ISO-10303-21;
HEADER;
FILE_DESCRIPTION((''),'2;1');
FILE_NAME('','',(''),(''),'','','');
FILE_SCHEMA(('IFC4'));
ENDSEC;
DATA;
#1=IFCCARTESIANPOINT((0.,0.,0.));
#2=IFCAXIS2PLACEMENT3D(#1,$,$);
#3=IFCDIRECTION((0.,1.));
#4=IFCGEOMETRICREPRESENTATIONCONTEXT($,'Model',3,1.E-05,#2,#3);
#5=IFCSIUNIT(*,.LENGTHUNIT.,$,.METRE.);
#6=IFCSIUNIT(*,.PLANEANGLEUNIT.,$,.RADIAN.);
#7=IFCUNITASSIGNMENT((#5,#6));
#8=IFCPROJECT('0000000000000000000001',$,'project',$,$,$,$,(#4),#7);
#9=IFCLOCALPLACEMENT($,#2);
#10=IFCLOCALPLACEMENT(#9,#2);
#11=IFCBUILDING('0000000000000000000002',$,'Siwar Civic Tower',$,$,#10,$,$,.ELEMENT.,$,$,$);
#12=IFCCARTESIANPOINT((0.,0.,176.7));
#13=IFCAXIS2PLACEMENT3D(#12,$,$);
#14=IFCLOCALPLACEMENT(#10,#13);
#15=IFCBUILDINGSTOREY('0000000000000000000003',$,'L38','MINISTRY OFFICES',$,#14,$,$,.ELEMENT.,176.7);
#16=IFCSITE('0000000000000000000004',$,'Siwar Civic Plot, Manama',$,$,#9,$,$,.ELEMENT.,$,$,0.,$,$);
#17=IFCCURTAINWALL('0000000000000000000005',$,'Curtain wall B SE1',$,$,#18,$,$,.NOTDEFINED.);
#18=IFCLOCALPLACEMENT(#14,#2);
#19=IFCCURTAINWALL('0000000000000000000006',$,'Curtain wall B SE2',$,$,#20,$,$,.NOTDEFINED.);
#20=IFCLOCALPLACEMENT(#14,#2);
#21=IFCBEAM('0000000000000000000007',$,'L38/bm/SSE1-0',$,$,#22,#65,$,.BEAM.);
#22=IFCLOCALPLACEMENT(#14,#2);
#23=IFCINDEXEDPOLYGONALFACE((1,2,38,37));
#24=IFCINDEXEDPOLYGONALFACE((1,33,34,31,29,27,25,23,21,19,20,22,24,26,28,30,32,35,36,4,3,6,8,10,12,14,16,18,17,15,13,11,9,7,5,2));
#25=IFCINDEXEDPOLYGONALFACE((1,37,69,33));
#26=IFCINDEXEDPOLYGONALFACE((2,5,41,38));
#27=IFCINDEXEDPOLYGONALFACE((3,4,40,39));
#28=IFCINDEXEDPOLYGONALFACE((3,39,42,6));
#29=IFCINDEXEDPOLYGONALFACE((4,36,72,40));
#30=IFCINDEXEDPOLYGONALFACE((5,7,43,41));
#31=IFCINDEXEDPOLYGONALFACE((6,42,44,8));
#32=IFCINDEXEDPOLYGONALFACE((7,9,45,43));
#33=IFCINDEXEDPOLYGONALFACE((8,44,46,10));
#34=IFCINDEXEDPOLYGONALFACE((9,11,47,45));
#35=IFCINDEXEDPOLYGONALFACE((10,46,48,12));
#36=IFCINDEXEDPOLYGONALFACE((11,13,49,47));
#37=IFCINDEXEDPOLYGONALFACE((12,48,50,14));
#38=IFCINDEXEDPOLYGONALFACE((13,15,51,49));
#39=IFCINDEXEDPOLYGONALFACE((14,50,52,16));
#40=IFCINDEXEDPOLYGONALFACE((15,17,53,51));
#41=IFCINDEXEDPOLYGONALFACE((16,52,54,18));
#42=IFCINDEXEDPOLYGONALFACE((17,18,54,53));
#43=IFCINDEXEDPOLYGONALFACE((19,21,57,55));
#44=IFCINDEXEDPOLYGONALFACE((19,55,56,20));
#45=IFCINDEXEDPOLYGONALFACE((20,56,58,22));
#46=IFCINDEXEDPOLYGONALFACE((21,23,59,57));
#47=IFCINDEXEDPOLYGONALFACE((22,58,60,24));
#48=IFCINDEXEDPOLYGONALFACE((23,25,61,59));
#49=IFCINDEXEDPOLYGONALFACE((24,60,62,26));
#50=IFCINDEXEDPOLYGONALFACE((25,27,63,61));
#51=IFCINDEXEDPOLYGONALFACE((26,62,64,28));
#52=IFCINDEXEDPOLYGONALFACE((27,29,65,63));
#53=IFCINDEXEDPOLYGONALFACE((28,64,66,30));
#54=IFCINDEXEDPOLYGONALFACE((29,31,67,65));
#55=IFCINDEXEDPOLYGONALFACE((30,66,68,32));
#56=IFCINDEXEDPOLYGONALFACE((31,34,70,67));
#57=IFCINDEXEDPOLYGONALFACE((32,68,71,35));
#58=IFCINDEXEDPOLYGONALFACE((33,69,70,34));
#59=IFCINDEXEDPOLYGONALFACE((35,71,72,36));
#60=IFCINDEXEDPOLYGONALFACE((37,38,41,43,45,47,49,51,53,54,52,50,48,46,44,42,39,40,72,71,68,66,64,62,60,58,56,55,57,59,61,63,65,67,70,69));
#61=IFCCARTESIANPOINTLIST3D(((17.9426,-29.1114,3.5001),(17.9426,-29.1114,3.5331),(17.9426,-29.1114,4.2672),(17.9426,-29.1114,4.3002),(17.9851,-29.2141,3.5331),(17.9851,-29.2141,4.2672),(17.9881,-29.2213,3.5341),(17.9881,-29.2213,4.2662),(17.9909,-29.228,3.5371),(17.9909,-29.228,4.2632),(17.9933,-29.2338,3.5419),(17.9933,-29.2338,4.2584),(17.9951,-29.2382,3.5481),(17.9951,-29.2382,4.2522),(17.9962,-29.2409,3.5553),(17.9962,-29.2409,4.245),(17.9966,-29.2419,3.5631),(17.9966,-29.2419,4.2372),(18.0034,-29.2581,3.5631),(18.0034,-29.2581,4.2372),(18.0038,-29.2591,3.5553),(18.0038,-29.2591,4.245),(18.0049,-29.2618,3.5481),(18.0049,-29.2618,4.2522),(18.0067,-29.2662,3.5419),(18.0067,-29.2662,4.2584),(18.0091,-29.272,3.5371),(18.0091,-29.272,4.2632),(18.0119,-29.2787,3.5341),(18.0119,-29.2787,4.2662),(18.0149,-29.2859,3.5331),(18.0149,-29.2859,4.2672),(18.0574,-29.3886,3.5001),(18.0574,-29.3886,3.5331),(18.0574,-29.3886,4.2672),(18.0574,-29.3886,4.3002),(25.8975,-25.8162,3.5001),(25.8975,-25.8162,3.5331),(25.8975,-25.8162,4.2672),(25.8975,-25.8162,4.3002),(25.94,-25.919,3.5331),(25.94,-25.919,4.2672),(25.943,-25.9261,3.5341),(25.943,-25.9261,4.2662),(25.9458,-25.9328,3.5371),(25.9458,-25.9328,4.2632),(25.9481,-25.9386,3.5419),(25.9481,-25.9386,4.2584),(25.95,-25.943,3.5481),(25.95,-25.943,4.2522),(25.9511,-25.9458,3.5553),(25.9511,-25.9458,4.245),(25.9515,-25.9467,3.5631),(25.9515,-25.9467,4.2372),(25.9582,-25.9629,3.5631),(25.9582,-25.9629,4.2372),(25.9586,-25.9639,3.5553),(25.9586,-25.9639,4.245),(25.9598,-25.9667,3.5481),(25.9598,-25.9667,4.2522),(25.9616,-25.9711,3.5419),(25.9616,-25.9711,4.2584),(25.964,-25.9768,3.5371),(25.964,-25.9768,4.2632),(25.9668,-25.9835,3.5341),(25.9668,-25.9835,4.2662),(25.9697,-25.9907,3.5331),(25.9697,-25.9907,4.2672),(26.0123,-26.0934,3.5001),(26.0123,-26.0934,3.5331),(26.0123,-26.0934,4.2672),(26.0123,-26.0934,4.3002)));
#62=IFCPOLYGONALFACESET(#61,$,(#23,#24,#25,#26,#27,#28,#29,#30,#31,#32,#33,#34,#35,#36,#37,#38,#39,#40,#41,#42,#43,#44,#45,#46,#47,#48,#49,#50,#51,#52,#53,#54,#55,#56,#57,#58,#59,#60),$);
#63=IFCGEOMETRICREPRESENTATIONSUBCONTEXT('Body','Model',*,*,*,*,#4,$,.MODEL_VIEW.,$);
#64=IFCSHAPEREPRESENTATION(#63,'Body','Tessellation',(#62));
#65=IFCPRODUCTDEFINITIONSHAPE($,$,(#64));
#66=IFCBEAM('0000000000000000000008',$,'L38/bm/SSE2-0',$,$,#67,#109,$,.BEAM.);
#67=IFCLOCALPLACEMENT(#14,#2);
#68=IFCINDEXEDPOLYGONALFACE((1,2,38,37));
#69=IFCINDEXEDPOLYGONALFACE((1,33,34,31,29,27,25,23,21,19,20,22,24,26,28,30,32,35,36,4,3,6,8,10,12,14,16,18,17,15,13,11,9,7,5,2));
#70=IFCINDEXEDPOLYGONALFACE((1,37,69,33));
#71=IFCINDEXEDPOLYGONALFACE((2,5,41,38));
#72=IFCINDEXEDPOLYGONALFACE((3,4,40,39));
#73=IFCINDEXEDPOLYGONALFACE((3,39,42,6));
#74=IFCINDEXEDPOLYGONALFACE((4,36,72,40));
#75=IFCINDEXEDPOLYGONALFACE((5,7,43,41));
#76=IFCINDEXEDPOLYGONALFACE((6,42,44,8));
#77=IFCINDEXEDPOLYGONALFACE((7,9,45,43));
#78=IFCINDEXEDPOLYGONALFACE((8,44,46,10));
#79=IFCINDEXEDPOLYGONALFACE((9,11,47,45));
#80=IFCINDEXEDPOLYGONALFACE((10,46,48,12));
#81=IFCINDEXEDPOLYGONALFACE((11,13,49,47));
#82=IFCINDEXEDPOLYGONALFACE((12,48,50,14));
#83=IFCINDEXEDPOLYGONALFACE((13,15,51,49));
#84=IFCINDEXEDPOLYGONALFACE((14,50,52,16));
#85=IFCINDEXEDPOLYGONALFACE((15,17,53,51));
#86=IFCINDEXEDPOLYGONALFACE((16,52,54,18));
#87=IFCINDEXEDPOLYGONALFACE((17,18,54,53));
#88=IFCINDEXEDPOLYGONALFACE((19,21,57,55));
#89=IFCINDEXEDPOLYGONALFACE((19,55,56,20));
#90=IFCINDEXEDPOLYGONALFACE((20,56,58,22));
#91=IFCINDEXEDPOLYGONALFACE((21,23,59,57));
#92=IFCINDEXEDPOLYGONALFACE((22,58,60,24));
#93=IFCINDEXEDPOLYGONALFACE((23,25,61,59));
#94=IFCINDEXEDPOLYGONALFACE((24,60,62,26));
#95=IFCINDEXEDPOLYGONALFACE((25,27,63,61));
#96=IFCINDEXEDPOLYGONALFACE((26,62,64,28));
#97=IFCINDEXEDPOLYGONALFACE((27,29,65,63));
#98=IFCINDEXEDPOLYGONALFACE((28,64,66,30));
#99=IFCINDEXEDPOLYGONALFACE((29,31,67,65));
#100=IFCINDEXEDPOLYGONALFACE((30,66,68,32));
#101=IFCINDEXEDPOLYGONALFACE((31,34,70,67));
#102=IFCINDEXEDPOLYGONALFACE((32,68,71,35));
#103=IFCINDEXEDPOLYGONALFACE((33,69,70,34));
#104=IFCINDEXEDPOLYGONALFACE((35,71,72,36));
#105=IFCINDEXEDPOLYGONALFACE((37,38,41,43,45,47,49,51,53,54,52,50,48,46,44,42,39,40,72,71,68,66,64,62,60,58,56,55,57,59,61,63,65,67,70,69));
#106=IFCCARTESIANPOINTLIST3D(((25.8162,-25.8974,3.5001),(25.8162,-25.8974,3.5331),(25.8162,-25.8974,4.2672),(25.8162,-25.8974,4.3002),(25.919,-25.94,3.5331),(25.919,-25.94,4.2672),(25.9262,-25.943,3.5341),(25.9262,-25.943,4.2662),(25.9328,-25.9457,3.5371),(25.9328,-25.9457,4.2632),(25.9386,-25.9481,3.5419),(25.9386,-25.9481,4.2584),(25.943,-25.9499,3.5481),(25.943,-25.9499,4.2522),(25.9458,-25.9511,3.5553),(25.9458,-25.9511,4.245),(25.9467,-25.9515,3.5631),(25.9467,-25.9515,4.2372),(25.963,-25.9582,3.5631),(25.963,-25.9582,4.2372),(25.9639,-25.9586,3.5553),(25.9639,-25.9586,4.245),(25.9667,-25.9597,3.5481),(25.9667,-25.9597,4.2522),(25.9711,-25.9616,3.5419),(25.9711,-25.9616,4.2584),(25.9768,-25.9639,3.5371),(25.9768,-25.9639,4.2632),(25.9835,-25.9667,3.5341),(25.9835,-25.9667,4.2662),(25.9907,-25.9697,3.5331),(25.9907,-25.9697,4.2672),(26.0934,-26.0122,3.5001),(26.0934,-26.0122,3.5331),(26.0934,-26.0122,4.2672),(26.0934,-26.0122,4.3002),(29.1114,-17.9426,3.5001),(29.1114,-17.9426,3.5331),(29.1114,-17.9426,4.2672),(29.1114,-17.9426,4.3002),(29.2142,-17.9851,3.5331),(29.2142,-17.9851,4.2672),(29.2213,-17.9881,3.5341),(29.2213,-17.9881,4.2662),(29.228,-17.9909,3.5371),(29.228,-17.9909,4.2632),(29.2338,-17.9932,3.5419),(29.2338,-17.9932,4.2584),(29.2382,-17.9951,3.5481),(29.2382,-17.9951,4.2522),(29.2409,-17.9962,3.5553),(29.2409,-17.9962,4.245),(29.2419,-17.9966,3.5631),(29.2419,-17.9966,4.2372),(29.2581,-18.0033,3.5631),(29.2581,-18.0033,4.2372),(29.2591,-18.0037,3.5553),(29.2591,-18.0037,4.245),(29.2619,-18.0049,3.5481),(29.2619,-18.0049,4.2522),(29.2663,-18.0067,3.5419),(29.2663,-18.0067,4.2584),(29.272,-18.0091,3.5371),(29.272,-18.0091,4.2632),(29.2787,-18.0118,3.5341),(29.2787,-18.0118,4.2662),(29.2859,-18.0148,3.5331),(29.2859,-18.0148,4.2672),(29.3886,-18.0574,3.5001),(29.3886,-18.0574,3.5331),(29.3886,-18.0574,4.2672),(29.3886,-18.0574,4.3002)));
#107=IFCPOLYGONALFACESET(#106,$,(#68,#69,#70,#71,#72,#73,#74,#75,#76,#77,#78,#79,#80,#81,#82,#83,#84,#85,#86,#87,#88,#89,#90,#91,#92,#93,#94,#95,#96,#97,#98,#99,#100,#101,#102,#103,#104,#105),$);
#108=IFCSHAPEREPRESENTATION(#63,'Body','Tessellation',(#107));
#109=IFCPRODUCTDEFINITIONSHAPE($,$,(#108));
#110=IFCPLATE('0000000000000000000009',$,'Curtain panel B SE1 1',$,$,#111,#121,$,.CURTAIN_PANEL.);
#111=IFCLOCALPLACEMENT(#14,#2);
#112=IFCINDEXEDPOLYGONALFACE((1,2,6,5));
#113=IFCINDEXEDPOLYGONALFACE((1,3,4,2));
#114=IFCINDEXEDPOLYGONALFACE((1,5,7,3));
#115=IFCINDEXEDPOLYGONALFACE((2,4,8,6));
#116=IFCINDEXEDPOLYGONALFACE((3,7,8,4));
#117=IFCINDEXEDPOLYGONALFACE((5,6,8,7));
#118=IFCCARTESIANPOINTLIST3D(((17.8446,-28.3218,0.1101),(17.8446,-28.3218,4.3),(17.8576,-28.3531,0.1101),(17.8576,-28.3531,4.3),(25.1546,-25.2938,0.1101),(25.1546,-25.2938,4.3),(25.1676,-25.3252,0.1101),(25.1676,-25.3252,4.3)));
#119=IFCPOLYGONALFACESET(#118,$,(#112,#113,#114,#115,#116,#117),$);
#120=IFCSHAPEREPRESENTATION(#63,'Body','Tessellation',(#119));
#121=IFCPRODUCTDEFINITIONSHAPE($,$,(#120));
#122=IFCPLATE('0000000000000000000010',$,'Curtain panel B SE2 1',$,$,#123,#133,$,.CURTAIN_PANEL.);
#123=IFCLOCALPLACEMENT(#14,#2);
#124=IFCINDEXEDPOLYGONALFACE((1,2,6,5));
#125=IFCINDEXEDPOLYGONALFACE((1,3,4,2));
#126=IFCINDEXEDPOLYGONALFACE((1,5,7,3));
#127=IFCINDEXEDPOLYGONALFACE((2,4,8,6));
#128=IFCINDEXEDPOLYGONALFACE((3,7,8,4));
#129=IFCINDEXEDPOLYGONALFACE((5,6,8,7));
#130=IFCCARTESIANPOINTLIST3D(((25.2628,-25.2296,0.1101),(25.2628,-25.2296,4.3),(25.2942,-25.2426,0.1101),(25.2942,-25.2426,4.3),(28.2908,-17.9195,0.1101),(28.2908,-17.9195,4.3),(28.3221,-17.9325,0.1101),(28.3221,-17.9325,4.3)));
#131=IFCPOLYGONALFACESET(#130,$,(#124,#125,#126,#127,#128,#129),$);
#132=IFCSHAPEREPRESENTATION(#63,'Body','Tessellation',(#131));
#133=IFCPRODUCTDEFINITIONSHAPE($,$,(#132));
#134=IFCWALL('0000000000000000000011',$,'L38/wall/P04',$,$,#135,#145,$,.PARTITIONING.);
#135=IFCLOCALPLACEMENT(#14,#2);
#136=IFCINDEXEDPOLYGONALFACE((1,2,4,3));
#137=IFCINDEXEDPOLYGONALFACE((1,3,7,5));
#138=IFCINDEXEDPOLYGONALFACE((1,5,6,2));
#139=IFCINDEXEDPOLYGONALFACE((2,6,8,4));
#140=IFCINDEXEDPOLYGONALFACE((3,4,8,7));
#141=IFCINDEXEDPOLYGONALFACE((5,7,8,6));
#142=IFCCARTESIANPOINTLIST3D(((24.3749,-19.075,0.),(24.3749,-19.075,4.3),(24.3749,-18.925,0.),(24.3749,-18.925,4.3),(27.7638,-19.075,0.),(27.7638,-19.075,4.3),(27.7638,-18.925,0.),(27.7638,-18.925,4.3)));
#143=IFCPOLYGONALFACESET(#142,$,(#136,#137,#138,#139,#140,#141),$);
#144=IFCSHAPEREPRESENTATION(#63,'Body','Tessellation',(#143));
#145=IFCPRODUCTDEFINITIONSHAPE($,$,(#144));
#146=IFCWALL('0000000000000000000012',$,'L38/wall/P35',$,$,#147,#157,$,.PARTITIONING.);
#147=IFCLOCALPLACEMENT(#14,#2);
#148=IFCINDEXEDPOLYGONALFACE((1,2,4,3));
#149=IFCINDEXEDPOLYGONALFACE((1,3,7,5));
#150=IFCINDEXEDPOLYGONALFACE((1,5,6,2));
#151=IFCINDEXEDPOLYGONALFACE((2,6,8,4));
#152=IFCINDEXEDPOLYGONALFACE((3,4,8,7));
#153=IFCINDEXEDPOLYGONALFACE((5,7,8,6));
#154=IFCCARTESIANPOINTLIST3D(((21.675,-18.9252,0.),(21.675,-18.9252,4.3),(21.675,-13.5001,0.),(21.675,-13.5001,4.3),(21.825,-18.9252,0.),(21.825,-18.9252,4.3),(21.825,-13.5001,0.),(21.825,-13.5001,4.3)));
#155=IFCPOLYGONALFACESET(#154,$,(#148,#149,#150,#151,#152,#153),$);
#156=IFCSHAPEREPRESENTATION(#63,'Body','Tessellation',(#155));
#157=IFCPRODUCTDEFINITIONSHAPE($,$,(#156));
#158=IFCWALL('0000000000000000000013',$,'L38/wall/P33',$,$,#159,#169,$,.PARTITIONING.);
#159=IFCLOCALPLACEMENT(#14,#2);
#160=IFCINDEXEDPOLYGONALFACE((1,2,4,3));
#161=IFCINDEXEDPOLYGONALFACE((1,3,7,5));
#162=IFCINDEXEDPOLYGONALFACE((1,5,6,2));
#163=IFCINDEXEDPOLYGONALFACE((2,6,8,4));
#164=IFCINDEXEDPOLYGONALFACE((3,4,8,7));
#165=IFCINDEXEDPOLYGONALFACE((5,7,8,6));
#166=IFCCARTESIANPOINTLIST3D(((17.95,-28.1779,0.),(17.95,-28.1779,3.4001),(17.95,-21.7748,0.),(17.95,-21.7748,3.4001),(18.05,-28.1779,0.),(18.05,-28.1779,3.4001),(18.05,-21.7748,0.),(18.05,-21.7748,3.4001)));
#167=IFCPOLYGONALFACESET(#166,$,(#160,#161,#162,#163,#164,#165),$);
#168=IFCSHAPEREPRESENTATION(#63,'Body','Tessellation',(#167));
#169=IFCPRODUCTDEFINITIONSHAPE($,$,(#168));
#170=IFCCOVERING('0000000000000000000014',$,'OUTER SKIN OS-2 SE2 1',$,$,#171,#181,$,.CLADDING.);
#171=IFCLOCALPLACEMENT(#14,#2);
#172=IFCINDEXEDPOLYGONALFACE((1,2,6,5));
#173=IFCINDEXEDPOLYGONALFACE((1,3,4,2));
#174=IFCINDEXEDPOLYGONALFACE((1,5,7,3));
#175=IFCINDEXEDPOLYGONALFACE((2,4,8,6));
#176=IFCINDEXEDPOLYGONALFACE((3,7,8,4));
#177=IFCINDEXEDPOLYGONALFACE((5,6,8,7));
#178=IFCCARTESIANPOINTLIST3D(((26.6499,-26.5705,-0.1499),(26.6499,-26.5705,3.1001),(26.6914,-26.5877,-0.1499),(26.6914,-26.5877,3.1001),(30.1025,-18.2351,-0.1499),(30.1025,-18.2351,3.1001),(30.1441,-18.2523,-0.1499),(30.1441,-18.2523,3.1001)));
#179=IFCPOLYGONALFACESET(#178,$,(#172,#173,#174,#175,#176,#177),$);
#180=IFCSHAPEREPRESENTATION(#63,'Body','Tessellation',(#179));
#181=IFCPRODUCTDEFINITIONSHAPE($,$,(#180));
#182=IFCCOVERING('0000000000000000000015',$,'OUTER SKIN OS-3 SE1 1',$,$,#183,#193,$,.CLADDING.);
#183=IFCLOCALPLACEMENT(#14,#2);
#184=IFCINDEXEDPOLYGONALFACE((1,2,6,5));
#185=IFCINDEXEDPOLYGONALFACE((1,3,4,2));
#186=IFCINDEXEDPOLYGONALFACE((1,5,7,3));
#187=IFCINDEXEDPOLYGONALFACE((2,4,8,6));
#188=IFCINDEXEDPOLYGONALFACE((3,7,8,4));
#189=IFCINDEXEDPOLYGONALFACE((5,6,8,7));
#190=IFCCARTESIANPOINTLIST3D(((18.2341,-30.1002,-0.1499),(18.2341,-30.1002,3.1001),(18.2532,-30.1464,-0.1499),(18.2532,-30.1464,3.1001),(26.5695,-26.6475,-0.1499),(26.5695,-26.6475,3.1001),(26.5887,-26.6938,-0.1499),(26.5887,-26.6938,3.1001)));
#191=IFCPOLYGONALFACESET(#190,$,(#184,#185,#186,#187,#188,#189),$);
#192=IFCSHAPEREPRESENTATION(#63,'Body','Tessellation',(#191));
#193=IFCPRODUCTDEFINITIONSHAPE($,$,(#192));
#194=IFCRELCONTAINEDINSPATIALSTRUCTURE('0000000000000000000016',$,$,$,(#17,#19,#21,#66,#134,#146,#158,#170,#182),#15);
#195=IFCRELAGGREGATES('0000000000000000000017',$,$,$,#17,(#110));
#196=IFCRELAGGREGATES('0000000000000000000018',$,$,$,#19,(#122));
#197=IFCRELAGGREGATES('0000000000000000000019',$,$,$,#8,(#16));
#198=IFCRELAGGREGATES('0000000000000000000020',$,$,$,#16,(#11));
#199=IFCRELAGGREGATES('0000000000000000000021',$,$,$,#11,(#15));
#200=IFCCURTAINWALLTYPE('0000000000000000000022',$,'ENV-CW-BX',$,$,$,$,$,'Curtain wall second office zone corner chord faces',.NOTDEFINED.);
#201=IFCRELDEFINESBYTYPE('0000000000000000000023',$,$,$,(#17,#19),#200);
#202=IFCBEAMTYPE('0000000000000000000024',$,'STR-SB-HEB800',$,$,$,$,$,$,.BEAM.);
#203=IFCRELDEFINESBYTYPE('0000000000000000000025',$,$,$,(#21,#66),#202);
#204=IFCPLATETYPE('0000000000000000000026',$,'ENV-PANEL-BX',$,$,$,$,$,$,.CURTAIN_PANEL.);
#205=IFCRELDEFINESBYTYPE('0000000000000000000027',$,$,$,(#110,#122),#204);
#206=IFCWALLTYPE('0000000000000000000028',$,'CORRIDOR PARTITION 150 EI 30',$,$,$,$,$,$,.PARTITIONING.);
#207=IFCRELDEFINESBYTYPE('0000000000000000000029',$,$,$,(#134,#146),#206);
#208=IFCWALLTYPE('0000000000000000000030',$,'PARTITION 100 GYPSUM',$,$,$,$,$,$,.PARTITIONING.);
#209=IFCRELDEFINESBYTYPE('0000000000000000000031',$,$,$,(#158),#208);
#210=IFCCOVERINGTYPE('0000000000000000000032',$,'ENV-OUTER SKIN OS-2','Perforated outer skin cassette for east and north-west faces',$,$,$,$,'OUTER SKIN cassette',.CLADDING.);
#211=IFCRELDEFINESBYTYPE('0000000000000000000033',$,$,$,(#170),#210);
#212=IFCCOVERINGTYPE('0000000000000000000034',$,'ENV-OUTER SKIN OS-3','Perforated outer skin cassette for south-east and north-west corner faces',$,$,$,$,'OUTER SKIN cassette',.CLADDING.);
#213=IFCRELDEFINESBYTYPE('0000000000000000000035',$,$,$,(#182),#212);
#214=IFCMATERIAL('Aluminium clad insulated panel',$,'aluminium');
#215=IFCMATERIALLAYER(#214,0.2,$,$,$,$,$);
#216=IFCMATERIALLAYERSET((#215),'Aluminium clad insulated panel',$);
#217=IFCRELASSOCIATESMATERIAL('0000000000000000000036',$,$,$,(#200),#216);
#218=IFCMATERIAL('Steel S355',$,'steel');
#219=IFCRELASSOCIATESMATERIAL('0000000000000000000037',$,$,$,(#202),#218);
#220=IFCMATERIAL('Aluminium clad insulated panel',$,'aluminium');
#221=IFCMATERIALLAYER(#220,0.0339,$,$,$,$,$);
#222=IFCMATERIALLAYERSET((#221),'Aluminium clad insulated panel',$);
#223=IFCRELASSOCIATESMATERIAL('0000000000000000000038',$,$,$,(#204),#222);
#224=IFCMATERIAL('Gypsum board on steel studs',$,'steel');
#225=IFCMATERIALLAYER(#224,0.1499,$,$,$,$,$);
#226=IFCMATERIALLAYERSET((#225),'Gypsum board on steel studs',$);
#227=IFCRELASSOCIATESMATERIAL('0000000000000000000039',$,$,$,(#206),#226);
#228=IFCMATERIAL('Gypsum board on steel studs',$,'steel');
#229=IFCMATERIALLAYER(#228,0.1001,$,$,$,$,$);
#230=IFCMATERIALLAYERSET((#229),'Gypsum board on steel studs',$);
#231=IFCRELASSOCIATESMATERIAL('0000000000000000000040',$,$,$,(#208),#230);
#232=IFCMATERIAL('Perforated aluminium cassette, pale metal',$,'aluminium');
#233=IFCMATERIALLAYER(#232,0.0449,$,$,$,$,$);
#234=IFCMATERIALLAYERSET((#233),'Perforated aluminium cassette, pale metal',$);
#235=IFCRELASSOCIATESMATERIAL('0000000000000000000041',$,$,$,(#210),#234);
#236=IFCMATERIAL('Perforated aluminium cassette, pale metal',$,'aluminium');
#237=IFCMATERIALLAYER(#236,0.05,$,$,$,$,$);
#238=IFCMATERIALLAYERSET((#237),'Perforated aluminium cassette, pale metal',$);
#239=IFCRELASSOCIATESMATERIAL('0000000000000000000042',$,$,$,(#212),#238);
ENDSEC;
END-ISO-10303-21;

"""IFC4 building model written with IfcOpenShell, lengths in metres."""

from ifc_helpers import new_model, si_unit, direction, frame, frame_2d, origin, origin_2d, place, context, subcontext, project, spatial, rectangle, i_section, extrude, material, layer, layer_set, material_profile, profile_set, type_object, element, aggregate, save


model = new_model("IFC4")

# Units and contexts
model_context = context("Model", 3, precision=1e-05, world=origin(), true_north=direction((0.0, 1.0)))
body_context = subcontext(model_context, "Body", "Model", "MODEL_VIEW")
ifc_project = project(units=[si_unit("LENGTHUNIT", "METRE"), si_unit("PLANEANGLEUNIT", "RADIAN")], contexts=[model_context])

# Site, building, storey
site_placement = place(None, origin())
site = spatial("IfcSite", under=ifc_project, at=site_placement, Name="Siwar Civic Plot, Manama", CompositionType="ELEMENT", RefElevation=0.0)
building_placement = place(site_placement, origin())
building = spatial("IfcBuilding", under=site, at=building_placement, Name="Siwar Civic Tower", CompositionType="ELEMENT")
storey_placement = place(building_placement, frame((0.0, 0.0, 176.7)))
storey = spatial("IfcBuildingStorey", under=building, at=storey_placement, Name="L38", Description="MINISTRY OFFICES", CompositionType="ELEMENT", Elevation=176.7)

# Curtain walls
ifc_material_1 = material(Name="Aluminium clad insulated panel", Category="aluminium")
ifc_layer_1 = layer(ifc_material_1, 0.2)
ifc_layer_set_1 = layer_set([ifc_layer_1], Name="Aluminium clad insulated panel")
curtain_wall_type = type_object("IfcCurtainWallType", Name="ENV-CW-BX", ElementType="Curtain wall second office zone corner chord faces", PredefinedType="NOTDEFINED", material=ifc_layer_set_1)
curtain_wall_1_placement = place(storey_placement, origin())
curtain_wall_1 = element("IfcCurtainWall", 1, at=curtain_wall_1_placement, inside=storey, type_object=curtain_wall_type, Name="Curtain wall B SE1", PredefinedType="NOTDEFINED")
curtain_wall_2_placement = place(storey_placement, origin())
curtain_wall_2 = element("IfcCurtainWall", 2, at=curtain_wall_2_placement, inside=storey, type_object=curtain_wall_type, Name="Curtain wall B SE2", PredefinedType="NOTDEFINED")

# Beams
ifc_material_2 = material(Name="Steel S355", Category="steel")
ifc_material_profile_1 = material_profile(ifc_material_2, i_section(OverallWidth=0.3, OverallDepth=0.8, WebThickness=0.0176, FlangeThickness=0.033, FilletRadius=0.03, at=origin_2d()), Name="HEB800")
ifc_profile_set_1 = profile_set([ifc_material_profile_1], Name="Steel S355")
beam_type_1 = type_object("IfcBeamType", Name="STR-SB-HEB800", PredefinedType="BEAM", material=ifc_profile_set_1)
for number, where, z_axis, x_axis, name in (
    (3, (18.0, -29.25, 3.9001), (0.923873, 0.3827, 0.0), (-0.3827, 0.923873, 0.0), "L38/bm/SSE1-0"),
    (4, (25.9548, -25.9548, 3.9001), (0.3827, 0.923873, 0.0), (-0.923873, 0.3827, 0.0), "L38/bm/SSE2-0"),
):
    element("IfcBeam", number, at=place(storey_placement, frame(where, z_axis=z_axis, x_axis=x_axis)), inside=storey, type_object=beam_type_1, Name=name, PredefinedType="BEAM", context=body_context, shape_type="SweptSolid", body=[
        extrude(i_section(OverallWidth=0.3, OverallDepth=0.8, WebThickness=0.0176, FlangeThickness=0.033, FilletRadius=0.03, at=origin_2d()), origin(), (0.0, 0.0, 1.0), 8.6104),
    ])

# Plates
ifc_material_3 = material(Name="Aluminium clad insulated panel", Category="aluminium")
ifc_layer_2 = layer(ifc_material_3, 0.0339)
ifc_layer_set_2 = layer_set([ifc_layer_2], Name="Aluminium clad insulated panel")
plate_type = type_object("IfcPlateType", Name="ENV-PANEL-BX", PredefinedType="CURTAIN_PANEL", material=ifc_layer_set_2)
plate_1_placement = place(storey_placement, frame((21.5061, -26.8235, 0.1101), z_axis=(0.0, 0.0, 1.0), x_axis=(0.92388, 0.382683, 0.0)))
plate_1 = element("IfcPlate", 5, at=plate_1_placement, type_object=plate_type, Name="Curtain panel B SE1 1", PredefinedType="CURTAIN_PANEL", context=body_context, shape_type="SweptSolid", body=[
    extrude(rectangle(XDim=7.9124, YDim=0.0339, at=origin_2d()), origin(), (0.0, 0.0, 1.0), 4.1899),
])
aggregate(curtain_wall_1, [plate_1])
plate_2_placement = place(storey_placement, frame((26.7925, -21.5811, 0.1101), z_axis=(0.0, 0.0, 1.0), x_axis=(0.382683, 0.92388, 0.0)))
plate_2 = element("IfcPlate", 6, at=plate_2_placement, type_object=plate_type, Name="Curtain panel B SE2 1", PredefinedType="CURTAIN_PANEL", context=body_context, shape_type="SweptSolid", body=[
    extrude(rectangle(XDim=7.9124, YDim=0.0339, at=origin_2d()), origin(), (0.0, 0.0, 1.0), 4.1899),
])
aggregate(curtain_wall_2, [plate_2])

# Walls
ifc_material_4 = material(Name="Gypsum board on steel studs", Category="steel")
ifc_layer_3 = layer(ifc_material_4, 0.1499)
ifc_layer_set_3 = layer_set([ifc_layer_3], Name="Gypsum board on steel studs")
wall_type_1 = type_object("IfcWallType", Name="CORRIDOR PARTITION 150 EI 30", PredefinedType="PARTITIONING", material=ifc_layer_set_3)
wall_1_placement = place(storey_placement, frame((24.375, -19.0, 0.0), z_axis=(0.0, 0.0, 1.0), x_axis=(1.0, 0.0, 0.0)))
element("IfcWall", 7, at=wall_1_placement, inside=storey, type_object=wall_type_1, Name="L38/wall/P04", PredefinedType="PARTITIONING", context=body_context, shape_type="SweptSolid", body=[
    extrude(rectangle(XDim=3.3889, YDim=0.1499, at=frame_2d((1.6943, 0.0))), origin(), (0.0, 0.0, 1.0), 4.3),
])
wall_2_placement = place(storey_placement, frame((21.75, -18.925, 0.0), z_axis=(0.0, 0.0, 1.0), x_axis=(0.0, 1.0, 0.0)))
element("IfcWall", 8, at=wall_2_placement, inside=storey, type_object=wall_type_1, Name="L38/wall/P35", PredefinedType="PARTITIONING", context=body_context, shape_type="SweptSolid", body=[
    extrude(rectangle(XDim=5.425, YDim=0.1499, at=frame_2d((2.7124, 0.0))), origin(), (0.0, 0.0, 1.0), 4.3),
])
ifc_material_5 = material(Name="Gypsum board on steel studs", Category="steel")
ifc_layer_4 = layer(ifc_material_5, 0.1001)
ifc_layer_set_4 = layer_set([ifc_layer_4], Name="Gypsum board on steel studs")
wall_type_2 = type_object("IfcWallType", Name="PARTITION 100 GYPSUM", PredefinedType="PARTITIONING", material=ifc_layer_set_4)
wall_3_placement = place(storey_placement, frame((18.0, -28.178, 0.0), z_axis=(0.0, 0.0, 1.0), x_axis=(0.0, 1.0, 0.0)))
element("IfcWall", 9, at=wall_3_placement, inside=storey, type_object=wall_type_2, Name="L38/wall/P33", PredefinedType="PARTITIONING", context=body_context, shape_type="SweptSolid", body=[
    extrude(rectangle(XDim=6.4031, YDim=0.1001, at=frame_2d((3.2017, 0.0))), origin(), (0.0, 0.0, 1.0), 3.4001),
])

# Coverings
ifc_material_6 = material(Name="Perforated aluminium cassette, pale metal", Category="aluminium")
ifc_layer_5 = layer(ifc_material_6, 0.0449)
ifc_layer_set_5 = layer_set([ifc_layer_5], Name="Perforated aluminium cassette, pale metal")
covering_type_1 = type_object("IfcCoveringType", Name="ENV-OUTER SKIN OS-2", Description="Perforated outer skin cassette for east and north-west faces", ElementType="OUTER SKIN cassette", PredefinedType="CLADDING", material=ifc_layer_set_5)
covering_1_placement = place(storey_placement, frame((28.397, -22.4114, -0.1499), z_axis=(0.0, 0.0, 1.0), x_axis=(0.382683, 0.92388, 0.0)))
element("IfcCovering", 10, at=covering_1_placement, inside=storey, type_object=covering_type_1, Name="OUTER SKIN OS-2 SE2 1", PredefinedType="CLADDING", context=body_context, shape_type="SweptSolid", body=[
    extrude(rectangle(XDim=9.0222, YDim=0.0449, at=origin_2d()), origin(), (0.0, 0.0, 1.0), 3.25),
])
ifc_material_7 = material(Name="Perforated aluminium cassette, pale metal", Category="aluminium")
ifc_layer_6 = layer(ifc_material_7, 0.05)
ifc_layer_set_6 = layer_set([ifc_layer_6], Name="Perforated aluminium cassette, pale metal")
covering_type_2 = type_object("IfcCoveringType", Name="ENV-OUTER SKIN OS-3", Description="Perforated outer skin cassette for south-east and north-west corner faces", ElementType="OUTER SKIN cassette", PredefinedType="CLADDING", material=ifc_layer_set_6)
covering_2_placement = place(storey_placement, frame((22.4114, -28.397, -0.1499), z_axis=(0.0, 0.0, 1.0), x_axis=(0.92388, 0.382683, 0.0)))
element("IfcCovering", 11, at=covering_2_placement, inside=storey, type_object=covering_type_2, Name="OUTER SKIN OS-3 SE1 1", PredefinedType="CLADDING", context=body_context, shape_type="SweptSolid", body=[
    extrude(rectangle(XDim=9.0222, YDim=0.05, at=origin_2d()), origin(), (0.0, 0.0, 1.0), 3.25),
])

save(model, "model.ifc")
